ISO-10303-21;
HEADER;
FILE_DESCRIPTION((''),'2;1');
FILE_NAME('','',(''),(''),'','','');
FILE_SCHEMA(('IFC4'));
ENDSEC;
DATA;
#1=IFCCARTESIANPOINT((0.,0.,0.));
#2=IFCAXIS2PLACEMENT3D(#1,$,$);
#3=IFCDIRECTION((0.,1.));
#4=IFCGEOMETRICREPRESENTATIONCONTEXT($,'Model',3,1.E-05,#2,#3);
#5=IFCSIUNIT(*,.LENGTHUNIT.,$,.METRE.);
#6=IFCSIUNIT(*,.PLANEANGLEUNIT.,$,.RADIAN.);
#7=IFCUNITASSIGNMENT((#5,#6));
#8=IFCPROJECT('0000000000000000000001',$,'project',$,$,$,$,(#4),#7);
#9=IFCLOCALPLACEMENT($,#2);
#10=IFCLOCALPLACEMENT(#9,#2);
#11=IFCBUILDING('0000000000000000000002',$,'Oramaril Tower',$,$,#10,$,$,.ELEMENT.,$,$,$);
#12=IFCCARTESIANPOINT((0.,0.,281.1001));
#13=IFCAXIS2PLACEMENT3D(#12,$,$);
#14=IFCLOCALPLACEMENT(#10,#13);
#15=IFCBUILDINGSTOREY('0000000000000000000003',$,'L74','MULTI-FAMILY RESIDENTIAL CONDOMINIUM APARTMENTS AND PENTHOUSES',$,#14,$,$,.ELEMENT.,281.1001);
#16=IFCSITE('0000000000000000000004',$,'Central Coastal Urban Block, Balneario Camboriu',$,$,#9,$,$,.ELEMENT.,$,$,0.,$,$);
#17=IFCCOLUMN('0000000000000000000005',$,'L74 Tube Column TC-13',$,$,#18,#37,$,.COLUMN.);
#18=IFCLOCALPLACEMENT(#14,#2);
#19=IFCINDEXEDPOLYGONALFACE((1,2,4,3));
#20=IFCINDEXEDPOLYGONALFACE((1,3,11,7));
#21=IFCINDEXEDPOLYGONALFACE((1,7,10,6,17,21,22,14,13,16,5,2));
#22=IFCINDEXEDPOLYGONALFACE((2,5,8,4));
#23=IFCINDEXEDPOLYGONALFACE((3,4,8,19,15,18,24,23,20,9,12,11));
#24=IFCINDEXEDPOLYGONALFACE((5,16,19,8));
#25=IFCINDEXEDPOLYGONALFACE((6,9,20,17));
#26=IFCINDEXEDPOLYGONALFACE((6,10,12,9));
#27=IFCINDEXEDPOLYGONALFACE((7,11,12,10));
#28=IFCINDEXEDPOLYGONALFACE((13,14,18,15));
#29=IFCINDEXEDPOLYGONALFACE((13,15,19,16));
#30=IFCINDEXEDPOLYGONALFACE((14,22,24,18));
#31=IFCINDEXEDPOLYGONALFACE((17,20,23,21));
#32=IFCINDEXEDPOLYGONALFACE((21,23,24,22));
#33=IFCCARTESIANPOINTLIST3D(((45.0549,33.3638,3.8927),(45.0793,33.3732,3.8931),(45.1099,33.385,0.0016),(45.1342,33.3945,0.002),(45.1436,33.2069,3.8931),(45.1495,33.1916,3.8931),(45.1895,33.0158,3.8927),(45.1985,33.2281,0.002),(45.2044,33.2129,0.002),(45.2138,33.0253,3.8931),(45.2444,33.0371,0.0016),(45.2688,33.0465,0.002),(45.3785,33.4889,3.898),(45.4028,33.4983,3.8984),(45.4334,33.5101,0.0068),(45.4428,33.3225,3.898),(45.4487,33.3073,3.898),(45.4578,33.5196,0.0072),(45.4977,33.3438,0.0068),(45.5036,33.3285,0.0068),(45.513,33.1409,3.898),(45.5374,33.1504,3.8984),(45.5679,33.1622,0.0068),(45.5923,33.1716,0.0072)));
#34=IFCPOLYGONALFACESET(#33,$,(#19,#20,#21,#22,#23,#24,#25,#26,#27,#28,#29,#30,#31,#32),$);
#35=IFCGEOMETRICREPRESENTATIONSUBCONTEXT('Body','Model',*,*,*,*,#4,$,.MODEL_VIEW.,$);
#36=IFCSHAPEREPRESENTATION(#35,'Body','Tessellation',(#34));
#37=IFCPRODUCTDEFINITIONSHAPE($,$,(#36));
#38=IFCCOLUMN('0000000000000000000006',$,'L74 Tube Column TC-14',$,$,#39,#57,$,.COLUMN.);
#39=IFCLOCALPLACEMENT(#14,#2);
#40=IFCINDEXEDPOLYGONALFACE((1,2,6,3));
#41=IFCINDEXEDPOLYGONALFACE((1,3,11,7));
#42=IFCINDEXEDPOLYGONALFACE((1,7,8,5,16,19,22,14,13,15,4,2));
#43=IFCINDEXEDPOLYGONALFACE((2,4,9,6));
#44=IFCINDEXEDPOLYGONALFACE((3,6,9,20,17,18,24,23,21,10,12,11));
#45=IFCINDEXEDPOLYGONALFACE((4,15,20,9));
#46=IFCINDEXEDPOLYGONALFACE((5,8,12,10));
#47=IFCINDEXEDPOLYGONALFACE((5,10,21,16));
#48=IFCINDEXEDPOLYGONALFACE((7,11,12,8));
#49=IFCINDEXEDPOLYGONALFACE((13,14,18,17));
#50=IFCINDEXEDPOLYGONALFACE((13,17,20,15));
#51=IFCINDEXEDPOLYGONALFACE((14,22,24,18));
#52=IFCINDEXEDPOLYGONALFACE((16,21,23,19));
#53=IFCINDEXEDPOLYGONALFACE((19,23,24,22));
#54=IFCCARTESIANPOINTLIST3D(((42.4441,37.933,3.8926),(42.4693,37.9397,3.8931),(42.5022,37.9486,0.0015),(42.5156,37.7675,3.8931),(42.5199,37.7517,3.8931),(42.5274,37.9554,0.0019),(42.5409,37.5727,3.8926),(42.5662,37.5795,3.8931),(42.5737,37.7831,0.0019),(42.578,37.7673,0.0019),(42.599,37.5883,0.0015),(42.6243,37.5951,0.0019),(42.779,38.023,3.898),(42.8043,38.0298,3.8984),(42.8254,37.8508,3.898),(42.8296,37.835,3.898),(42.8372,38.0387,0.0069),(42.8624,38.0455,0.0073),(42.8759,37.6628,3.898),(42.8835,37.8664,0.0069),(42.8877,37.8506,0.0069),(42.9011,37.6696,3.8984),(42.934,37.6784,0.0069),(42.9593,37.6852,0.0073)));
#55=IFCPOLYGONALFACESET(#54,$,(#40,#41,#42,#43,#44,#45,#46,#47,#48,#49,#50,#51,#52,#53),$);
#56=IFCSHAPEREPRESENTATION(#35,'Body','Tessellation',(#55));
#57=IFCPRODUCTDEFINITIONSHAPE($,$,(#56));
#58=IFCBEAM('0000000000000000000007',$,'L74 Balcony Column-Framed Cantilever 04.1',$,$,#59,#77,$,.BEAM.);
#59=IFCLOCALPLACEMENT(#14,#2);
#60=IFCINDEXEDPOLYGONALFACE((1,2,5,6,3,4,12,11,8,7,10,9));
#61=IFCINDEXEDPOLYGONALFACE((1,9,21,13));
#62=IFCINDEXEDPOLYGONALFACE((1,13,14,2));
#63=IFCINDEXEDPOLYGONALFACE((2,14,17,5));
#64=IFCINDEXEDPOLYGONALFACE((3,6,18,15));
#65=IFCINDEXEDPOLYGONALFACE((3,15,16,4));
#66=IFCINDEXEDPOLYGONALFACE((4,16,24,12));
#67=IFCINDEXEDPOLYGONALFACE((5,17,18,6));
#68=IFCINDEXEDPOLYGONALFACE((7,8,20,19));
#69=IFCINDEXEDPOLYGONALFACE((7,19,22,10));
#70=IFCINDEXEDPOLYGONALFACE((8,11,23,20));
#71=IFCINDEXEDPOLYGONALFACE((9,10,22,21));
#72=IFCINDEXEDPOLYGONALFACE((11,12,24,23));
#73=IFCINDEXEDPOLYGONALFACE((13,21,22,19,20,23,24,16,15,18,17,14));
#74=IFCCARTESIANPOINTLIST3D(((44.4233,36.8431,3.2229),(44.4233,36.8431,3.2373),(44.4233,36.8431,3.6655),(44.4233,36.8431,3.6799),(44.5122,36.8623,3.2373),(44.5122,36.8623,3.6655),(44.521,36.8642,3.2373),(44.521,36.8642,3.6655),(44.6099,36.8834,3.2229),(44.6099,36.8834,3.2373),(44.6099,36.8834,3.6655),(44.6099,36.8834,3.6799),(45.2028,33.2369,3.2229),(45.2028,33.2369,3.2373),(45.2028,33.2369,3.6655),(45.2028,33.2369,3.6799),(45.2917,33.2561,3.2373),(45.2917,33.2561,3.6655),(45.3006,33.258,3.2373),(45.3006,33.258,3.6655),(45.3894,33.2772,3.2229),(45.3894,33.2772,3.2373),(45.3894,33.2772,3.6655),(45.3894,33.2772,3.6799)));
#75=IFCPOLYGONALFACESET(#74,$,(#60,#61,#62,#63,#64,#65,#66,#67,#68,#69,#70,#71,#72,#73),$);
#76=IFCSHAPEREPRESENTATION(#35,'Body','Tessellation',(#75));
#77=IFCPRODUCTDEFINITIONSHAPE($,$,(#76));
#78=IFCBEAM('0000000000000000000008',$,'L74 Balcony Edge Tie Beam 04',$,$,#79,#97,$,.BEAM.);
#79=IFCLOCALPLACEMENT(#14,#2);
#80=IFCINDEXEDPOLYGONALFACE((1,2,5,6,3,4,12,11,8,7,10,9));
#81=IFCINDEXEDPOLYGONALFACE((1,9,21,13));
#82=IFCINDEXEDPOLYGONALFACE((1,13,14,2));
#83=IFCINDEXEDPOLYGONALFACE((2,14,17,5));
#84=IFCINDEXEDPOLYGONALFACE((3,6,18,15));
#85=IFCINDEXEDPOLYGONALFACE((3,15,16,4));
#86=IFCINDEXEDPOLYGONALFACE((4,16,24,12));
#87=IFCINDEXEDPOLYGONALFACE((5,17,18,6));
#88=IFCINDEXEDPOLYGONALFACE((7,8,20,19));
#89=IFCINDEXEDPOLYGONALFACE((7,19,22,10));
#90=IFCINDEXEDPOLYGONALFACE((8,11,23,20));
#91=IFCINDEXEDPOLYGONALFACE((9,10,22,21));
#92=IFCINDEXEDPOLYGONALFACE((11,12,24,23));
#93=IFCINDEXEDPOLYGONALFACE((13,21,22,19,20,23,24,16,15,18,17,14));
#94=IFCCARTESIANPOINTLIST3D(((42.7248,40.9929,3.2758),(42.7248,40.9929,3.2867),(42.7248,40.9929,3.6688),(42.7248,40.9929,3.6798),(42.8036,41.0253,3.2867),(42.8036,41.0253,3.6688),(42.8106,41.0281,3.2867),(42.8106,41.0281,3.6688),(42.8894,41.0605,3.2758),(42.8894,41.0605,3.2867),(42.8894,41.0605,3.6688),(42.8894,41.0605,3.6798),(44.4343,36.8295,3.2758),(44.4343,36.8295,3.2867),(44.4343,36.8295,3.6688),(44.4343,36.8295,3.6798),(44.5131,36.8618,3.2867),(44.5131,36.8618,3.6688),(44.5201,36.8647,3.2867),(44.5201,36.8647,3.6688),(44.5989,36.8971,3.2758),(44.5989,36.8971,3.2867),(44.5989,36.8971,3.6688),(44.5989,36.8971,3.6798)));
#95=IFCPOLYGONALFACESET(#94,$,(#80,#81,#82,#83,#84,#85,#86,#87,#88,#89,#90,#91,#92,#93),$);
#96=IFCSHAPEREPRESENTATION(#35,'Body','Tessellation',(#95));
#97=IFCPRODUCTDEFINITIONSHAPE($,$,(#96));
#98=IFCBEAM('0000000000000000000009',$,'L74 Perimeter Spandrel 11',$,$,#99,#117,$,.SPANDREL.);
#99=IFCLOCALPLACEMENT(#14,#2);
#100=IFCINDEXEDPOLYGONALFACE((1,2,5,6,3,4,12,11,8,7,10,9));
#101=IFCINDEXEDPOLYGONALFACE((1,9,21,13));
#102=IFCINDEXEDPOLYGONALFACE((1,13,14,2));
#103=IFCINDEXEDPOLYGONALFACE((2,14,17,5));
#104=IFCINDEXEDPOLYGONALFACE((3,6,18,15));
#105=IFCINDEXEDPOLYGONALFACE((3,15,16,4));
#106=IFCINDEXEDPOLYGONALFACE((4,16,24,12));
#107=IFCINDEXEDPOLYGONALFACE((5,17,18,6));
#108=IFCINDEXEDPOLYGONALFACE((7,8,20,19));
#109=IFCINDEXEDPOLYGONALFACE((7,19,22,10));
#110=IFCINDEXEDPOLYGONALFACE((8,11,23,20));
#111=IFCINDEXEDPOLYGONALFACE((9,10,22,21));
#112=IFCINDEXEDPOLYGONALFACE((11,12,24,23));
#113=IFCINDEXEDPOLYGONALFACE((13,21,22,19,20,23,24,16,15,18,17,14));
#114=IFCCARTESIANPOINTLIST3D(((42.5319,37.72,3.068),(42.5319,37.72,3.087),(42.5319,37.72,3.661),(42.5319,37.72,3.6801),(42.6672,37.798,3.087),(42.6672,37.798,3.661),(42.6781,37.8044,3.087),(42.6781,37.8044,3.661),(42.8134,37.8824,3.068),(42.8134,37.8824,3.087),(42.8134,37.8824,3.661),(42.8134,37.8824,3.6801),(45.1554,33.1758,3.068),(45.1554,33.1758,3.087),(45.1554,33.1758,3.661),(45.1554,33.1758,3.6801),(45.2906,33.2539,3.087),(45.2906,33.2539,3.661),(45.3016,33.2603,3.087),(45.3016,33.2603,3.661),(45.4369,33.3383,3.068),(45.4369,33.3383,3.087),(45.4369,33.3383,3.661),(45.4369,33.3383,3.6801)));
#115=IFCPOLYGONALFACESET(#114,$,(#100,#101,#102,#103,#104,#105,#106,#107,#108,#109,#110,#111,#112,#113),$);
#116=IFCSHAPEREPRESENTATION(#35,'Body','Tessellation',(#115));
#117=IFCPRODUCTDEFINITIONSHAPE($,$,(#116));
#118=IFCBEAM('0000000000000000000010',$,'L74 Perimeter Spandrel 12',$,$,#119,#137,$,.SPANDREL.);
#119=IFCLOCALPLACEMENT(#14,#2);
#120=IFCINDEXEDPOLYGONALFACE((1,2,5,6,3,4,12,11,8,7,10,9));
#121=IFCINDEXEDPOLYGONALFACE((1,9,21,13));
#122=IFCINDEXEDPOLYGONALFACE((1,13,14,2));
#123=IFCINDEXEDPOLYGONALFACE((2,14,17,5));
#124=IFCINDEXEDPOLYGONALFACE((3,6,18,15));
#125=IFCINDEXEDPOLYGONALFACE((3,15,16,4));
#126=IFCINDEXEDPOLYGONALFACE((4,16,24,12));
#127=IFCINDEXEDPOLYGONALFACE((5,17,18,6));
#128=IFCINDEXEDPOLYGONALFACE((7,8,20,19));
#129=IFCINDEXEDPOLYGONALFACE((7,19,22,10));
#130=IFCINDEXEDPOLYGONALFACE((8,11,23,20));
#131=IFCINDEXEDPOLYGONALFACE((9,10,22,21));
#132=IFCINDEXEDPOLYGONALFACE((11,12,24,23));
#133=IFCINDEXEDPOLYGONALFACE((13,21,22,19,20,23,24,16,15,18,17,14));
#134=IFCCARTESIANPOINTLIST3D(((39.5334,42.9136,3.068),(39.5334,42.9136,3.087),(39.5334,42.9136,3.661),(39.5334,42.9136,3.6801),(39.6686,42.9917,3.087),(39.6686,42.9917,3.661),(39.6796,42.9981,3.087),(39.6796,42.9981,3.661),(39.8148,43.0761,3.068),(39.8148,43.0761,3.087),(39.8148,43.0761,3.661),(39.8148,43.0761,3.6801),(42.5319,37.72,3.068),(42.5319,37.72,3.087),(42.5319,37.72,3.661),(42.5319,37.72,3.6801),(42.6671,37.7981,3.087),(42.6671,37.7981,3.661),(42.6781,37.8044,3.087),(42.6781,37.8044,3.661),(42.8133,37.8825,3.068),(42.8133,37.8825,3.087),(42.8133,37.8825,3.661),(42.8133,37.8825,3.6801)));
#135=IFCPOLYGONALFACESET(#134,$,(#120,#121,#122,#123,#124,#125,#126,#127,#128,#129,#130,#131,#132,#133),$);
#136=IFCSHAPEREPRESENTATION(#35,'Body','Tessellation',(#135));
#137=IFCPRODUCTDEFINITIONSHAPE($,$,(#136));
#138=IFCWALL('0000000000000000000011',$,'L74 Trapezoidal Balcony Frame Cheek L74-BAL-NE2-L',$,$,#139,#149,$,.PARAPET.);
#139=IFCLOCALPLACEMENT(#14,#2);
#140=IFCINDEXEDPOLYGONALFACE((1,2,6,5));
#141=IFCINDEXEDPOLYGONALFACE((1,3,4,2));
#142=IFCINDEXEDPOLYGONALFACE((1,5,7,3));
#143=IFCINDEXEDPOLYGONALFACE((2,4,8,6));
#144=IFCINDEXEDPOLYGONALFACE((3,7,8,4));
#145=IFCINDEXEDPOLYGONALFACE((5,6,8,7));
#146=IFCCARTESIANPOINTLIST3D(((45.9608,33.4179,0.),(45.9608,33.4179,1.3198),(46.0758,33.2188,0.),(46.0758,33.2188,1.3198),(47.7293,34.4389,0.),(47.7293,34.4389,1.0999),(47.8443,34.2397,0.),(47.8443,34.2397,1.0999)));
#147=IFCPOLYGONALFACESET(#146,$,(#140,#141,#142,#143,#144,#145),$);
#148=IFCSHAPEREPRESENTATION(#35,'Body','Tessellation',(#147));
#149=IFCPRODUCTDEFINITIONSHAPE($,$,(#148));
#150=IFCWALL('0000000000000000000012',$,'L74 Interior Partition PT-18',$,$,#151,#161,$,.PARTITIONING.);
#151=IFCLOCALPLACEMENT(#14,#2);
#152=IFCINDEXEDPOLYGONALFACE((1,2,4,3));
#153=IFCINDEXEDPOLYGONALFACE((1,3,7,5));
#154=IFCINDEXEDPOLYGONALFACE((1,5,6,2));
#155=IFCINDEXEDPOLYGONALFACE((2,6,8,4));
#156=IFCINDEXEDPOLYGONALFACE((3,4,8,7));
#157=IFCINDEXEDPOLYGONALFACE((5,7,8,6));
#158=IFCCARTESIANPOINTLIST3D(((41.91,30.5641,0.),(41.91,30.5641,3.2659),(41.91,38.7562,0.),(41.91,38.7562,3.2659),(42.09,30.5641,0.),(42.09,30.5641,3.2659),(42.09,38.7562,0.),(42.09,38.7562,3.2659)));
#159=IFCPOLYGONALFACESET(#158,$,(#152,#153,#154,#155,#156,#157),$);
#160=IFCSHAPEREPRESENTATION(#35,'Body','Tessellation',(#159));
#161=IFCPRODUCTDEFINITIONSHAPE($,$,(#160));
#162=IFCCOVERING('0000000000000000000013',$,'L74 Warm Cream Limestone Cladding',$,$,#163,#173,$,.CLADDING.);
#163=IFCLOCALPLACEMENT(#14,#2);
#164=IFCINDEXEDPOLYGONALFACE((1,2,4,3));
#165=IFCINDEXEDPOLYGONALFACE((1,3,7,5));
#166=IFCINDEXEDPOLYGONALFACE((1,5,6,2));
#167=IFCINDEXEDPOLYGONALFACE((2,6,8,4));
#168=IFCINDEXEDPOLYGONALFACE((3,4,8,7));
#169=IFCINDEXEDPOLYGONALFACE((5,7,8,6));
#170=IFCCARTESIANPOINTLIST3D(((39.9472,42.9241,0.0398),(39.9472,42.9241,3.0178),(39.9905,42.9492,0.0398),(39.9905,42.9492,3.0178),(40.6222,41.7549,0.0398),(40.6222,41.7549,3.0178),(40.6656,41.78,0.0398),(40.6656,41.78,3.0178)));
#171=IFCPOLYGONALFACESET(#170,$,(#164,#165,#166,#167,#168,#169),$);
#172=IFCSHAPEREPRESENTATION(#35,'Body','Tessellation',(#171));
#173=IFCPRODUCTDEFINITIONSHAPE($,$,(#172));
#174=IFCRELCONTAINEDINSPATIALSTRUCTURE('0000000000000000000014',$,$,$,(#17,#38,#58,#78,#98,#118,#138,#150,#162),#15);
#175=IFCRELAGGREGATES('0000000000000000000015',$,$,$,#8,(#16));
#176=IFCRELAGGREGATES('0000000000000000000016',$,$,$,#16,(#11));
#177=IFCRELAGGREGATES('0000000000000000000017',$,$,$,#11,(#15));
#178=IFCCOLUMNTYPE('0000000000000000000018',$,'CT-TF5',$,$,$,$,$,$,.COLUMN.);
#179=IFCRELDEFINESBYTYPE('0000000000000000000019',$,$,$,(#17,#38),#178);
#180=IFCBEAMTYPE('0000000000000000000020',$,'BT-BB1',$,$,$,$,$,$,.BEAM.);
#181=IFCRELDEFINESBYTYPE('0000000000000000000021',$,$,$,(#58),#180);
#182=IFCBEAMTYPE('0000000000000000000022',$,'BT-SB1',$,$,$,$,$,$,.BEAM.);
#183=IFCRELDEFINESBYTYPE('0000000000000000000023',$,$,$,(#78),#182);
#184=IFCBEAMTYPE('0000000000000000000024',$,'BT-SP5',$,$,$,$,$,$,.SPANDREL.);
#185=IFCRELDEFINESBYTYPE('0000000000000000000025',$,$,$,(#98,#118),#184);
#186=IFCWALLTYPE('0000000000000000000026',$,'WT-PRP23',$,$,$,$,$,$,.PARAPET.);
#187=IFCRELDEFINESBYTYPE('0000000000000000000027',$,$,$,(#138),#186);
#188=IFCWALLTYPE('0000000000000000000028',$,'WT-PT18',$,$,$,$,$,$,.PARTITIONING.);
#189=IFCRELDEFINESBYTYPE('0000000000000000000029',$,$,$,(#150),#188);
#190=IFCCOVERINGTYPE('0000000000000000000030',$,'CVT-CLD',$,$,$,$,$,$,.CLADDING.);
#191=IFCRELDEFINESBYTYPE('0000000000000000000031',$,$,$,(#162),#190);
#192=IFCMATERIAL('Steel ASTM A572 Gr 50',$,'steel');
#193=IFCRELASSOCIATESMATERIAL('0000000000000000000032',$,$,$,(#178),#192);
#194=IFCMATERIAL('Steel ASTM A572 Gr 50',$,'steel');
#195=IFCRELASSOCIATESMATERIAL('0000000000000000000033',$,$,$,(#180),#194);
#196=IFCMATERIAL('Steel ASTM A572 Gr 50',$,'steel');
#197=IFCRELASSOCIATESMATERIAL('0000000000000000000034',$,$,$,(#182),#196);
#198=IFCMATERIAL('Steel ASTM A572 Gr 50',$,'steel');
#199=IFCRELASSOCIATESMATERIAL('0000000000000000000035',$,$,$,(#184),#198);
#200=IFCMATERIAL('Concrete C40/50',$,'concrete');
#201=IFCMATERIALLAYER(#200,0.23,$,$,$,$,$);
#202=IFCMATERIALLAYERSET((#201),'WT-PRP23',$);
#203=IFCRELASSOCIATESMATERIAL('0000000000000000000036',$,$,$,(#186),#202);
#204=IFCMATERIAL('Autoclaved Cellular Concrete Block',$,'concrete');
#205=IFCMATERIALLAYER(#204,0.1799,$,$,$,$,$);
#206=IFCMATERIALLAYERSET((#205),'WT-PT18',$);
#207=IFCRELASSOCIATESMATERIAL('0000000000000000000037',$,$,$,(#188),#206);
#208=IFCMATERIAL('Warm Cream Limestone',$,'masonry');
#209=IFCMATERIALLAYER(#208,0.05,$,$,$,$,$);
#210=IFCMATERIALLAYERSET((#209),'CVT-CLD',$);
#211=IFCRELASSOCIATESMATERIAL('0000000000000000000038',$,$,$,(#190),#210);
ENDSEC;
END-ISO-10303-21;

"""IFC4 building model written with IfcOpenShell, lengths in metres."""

from ifc_helpers import new_model, si_unit, direction, frame, frame_2d, origin, origin_2d, place, context, subcontext, project, spatial, polyline, rectangle, i_section, outline, extrude, material, layer, layer_set, material_profile, profile_set, type_object, element, save


model = new_model("IFC4")

# Units and contexts
model_context = context("Model", 3, precision=1e-05, world=origin(), true_north=direction((0.0, 1.0)))
body_context = subcontext(model_context, "Body", "Model", "MODEL_VIEW")
ifc_project = project(units=[si_unit("LENGTHUNIT", "METRE"), si_unit("PLANEANGLEUNIT", "RADIAN")], contexts=[model_context])

# Site, building, storey
site_placement = place(None, origin())
site = spatial("IfcSite", under=ifc_project, at=site_placement, Name="Central Coastal Urban Block, Balneario Camboriu", CompositionType="ELEMENT", RefElevation=0.0)
building_placement = place(site_placement, origin())
building = spatial("IfcBuilding", under=site, at=building_placement, Name="Oramaril Tower", CompositionType="ELEMENT")
storey_placement = place(building_placement, frame((0.0, 0.0, 281.1001)))
storey = spatial("IfcBuildingStorey", under=building, at=storey_placement, Name="L74", Description="MULTI-FAMILY RESIDENTIAL CONDOMINIUM APARTMENTS AND PENTHOUSES", CompositionType="ELEMENT", Elevation=281.1001)

# Columns
ifc_material_1 = material(Name="Steel ASTM A572 Gr 50", Category="steel")
ifc_material_profile_1 = material_profile(ifc_material_1, i_section(OverallWidth=0.373, OverallDepth=0.373, WebThickness=0.0164, FlangeThickness=0.0261, at=origin_2d()), Name="W14X132")
ifc_profile_set_1 = profile_set([ifc_material_profile_1], Name="Steel ASTM A572 Gr 50")
column_type = type_object("IfcColumnType", Name="CT-TF5", PredefinedType="COLUMN", material=ifc_profile_set_1)
for number, where, z_axis, x_axis, name in (
    (1, (45.3511, 33.2783, 0.0044), (-0.014116, -0.005458, 0.999885), (0.360645, -0.932703, 0.0), "L74 Tube Column TC-13"),
    (2, (42.7307, 37.8169, 0.0044), (-0.014931, -0.004015, 0.99988), (0.259682, -0.965694, 0.0), "L74 Tube Column TC-14"),
):
    element("IfcColumn", number, at=place(storey_placement, frame(where, z_axis=z_axis, x_axis=x_axis)), inside=storey, type_object=column_type, Name=name, PredefinedType="COLUMN", context=body_context, shape_type="SweptSolid", body=[
        extrude(i_section(OverallWidth=0.373, OverallDepth=0.373, WebThickness=0.0164, FlangeThickness=0.0261, at=origin_2d()), origin(), (0.0, 0.0, 1.0), 3.8916),
    ])

# Beams
ifc_material_2 = material(Name="Steel ASTM A572 Gr 50", Category="steel")
ifc_material_profile_2 = material_profile(ifc_material_2, i_section(OverallWidth=0.1909, OverallDepth=0.457, WebThickness=0.009, FlangeThickness=0.0144, at=origin_2d()), Name="W18X50")
ifc_profile_set_2 = profile_set([ifc_material_profile_2], Name="Steel ASTM A572 Gr 50")
beam_type_1 = type_object("IfcBeamType", Name="BT-BB1", PredefinedType="BEAM", material=ifc_profile_set_2)
beam_1_placement = place(storey_placement, frame((45.2961, 33.2571, 3.4514), z_axis=(-0.211287, 0.977424, 0.0), x_axis=(-0.977424, -0.211287, 0.0)))
element("IfcBeam", 3, at=beam_1_placement, inside=storey, type_object=beam_type_1, Name="L74 Balcony Column-Framed Cantilever 04.1", PredefinedType="BEAM", context=body_context, shape_type="SweptSolid", body=[
    extrude(i_section(OverallWidth=0.1909, OverallDepth=0.457, WebThickness=0.009, FlangeThickness=0.0144, at=origin_2d()), origin(), (0.0, 0.0, 1.0), 3.6895),
])
ifc_material_3 = material(Name="Steel ASTM A572 Gr 50", Category="steel")
ifc_material_profile_3 = material_profile(ifc_material_3, i_section(OverallWidth=0.178, OverallDepth=0.4041, WebThickness=0.0076, FlangeThickness=0.011, at=origin_2d()), Name="W16X36")
ifc_profile_set_3 = profile_set([ifc_material_profile_3], Name="Steel ASTM A572 Gr 50")
beam_type_2 = type_object("IfcBeamType", Name="BT-SB1", PredefinedType="BEAM", material=ifc_profile_set_3)
beam_2_placement = place(storey_placement, frame((44.5166, 36.8633, 3.4778), z_axis=(-0.37983, 0.925056, 0.0), x_axis=(-0.925056, -0.37983, 0.0)))
element("IfcBeam", 4, at=beam_2_placement, inside=storey, type_object=beam_type_2, Name="L74 Balcony Edge Tie Beam 04", PredefinedType="BEAM", context=body_context, shape_type="SweptSolid", body=[
    extrude(i_section(OverallWidth=0.178, OverallDepth=0.4041, WebThickness=0.0076, FlangeThickness=0.011, at=origin_2d()), origin(), (0.0, 0.0, 1.0), 4.5007),
])
ifc_material_4 = material(Name="Steel ASTM A572 Gr 50", Category="steel")
ifc_material_profile_4 = material_profile(ifc_material_4, i_section(OverallWidth=0.325, OverallDepth=0.6121, WebThickness=0.0127, FlangeThickness=0.019, at=origin_2d()), Name="W24X104")
ifc_profile_set_4 = profile_set([ifc_material_profile_4], Name="Steel ASTM A572 Gr 50")
beam_type_3 = type_object("IfcBeamType", Name="BT-SP5", PredefinedType="SPANDREL", material=ifc_profile_set_4)
beam_3_placement = place(storey_placement, frame((45.2961, 33.2571, 3.374), z_axis=(-0.499992, 0.86603, 0.0), x_axis=(-0.86603, -0.499992, 0.0)))
element("IfcBeam", 5, at=beam_3_placement, inside=storey, type_object=beam_type_3, Name="L74 Perimeter Spandrel 11", PredefinedType="SPANDREL", context=body_context, shape_type="SweptSolid", body=[
    extrude(i_section(OverallWidth=0.325, OverallDepth=0.6121, WebThickness=0.0127, FlangeThickness=0.019, at=origin_2d()), origin(), (0.0, 0.0, 1.0), 5.2471),
])
beam_4_placement = place(storey_placement, frame((42.6726, 37.8013, 3.374), z_axis=(-0.500001, 0.866025, 0.0), x_axis=(-0.866025, -0.500001, 0.0)))
element("IfcBeam", 6, at=beam_4_placement, inside=storey, type_object=beam_type_3, Name="L74 Perimeter Spandrel 12", PredefinedType="SPANDREL", context=body_context, shape_type="SweptSolid", body=[
    extrude(i_section(OverallWidth=0.325, OverallDepth=0.6121, WebThickness=0.0127, FlangeThickness=0.019, at=origin_2d()), origin(), (0.0, 0.0, 1.0), 5.9971),
])

# Walls
ifc_material_5 = material(Name="Concrete C40/50", Category="concrete")
ifc_layer_1 = layer(ifc_material_5, 0.23)
ifc_layer_set_1 = layer_set([ifc_layer_1], Name="WT-PRP23")
wall_type_1 = type_object("IfcWallType", Name="WT-PRP23", PredefinedType="PARAPET", material=ifc_layer_set_1)
wall_1_placement = place(storey_placement, frame((46.0183, 33.3184, 0.0), z_axis=(0.0, 0.0, 1.0), x_axis=(0.866042, 0.499971, 0.0)))
element("IfcWall", 7, at=wall_1_placement, inside=storey, type_object=wall_type_1, Name="L74 Trapezoidal Balcony Frame Cheek L74-BAL-NE2-L", PredefinedType="PARAPET", context=body_context, shape_type="SweptSolid", body=[
    extrude(outline(polyline([(0.0, 0.0), (2.042, 0.0), (2.042, 1.0999), (0.0, 1.3198), (0.0, 0.0)])), frame((0.0, 0.115, 0.0), z_axis=(0.0, -1.0, 0.0), x_axis=(1.0, 0.0, 0.0)), (0.0, 0.0, 1.0), 0.23),
])
ifc_material_6 = material(Name="Autoclaved Cellular Concrete Block", Category="concrete")
ifc_layer_2 = layer(ifc_material_6, 0.1799)
ifc_layer_set_2 = layer_set([ifc_layer_2], Name="WT-PT18")
wall_type_2 = type_object("IfcWallType", Name="WT-PT18", PredefinedType="PARTITIONING", material=ifc_layer_set_2)
wall_2_placement = place(storey_placement, frame((42.0, 30.564, 0.0), z_axis=(0.0, 0.0, 1.0), x_axis=(0.0, 1.0, 0.0)))
element("IfcWall", 8, at=wall_2_placement, inside=storey, type_object=wall_type_2, Name="L74 Interior Partition PT-18", PredefinedType="PARTITIONING", context=body_context, shape_type="SweptSolid", body=[
    extrude(rectangle(XDim=8.1921, YDim=0.1799, at=frame_2d((4.0962, 0.0))), origin(), (0.0, 0.0, 1.0), 3.2659),
])

# Covering
ifc_material_7 = material(Name="Warm Cream Limestone", Category="masonry")
ifc_layer_3 = layer(ifc_material_7, 0.05)
ifc_layer_set_3 = layer_set([ifc_layer_3], Name="CVT-CLD")
covering_type = type_object("IfcCoveringType", Name="CVT-CLD", PredefinedType="CLADDING", material=ifc_layer_set_3)
covering_1_placement = place(storey_placement, frame((40.3064, 42.3521, 0.0398), z_axis=(0.0, 0.0, 1.0), x_axis=(-0.5, 0.866025, 0.0)))
element("IfcCovering", 9, at=covering_1_placement, inside=storey, type_object=covering_type, Name="L74 Warm Cream Limestone Cladding", PredefinedType="CLADDING", context=body_context, shape_type="SweptSolid", body=[
    extrude(rectangle(XDim=1.3501, YDim=0.05, at=origin_2d()), origin(), (0.0, 0.0, 1.0), 2.978),
])

save(model, "model.ifc")
